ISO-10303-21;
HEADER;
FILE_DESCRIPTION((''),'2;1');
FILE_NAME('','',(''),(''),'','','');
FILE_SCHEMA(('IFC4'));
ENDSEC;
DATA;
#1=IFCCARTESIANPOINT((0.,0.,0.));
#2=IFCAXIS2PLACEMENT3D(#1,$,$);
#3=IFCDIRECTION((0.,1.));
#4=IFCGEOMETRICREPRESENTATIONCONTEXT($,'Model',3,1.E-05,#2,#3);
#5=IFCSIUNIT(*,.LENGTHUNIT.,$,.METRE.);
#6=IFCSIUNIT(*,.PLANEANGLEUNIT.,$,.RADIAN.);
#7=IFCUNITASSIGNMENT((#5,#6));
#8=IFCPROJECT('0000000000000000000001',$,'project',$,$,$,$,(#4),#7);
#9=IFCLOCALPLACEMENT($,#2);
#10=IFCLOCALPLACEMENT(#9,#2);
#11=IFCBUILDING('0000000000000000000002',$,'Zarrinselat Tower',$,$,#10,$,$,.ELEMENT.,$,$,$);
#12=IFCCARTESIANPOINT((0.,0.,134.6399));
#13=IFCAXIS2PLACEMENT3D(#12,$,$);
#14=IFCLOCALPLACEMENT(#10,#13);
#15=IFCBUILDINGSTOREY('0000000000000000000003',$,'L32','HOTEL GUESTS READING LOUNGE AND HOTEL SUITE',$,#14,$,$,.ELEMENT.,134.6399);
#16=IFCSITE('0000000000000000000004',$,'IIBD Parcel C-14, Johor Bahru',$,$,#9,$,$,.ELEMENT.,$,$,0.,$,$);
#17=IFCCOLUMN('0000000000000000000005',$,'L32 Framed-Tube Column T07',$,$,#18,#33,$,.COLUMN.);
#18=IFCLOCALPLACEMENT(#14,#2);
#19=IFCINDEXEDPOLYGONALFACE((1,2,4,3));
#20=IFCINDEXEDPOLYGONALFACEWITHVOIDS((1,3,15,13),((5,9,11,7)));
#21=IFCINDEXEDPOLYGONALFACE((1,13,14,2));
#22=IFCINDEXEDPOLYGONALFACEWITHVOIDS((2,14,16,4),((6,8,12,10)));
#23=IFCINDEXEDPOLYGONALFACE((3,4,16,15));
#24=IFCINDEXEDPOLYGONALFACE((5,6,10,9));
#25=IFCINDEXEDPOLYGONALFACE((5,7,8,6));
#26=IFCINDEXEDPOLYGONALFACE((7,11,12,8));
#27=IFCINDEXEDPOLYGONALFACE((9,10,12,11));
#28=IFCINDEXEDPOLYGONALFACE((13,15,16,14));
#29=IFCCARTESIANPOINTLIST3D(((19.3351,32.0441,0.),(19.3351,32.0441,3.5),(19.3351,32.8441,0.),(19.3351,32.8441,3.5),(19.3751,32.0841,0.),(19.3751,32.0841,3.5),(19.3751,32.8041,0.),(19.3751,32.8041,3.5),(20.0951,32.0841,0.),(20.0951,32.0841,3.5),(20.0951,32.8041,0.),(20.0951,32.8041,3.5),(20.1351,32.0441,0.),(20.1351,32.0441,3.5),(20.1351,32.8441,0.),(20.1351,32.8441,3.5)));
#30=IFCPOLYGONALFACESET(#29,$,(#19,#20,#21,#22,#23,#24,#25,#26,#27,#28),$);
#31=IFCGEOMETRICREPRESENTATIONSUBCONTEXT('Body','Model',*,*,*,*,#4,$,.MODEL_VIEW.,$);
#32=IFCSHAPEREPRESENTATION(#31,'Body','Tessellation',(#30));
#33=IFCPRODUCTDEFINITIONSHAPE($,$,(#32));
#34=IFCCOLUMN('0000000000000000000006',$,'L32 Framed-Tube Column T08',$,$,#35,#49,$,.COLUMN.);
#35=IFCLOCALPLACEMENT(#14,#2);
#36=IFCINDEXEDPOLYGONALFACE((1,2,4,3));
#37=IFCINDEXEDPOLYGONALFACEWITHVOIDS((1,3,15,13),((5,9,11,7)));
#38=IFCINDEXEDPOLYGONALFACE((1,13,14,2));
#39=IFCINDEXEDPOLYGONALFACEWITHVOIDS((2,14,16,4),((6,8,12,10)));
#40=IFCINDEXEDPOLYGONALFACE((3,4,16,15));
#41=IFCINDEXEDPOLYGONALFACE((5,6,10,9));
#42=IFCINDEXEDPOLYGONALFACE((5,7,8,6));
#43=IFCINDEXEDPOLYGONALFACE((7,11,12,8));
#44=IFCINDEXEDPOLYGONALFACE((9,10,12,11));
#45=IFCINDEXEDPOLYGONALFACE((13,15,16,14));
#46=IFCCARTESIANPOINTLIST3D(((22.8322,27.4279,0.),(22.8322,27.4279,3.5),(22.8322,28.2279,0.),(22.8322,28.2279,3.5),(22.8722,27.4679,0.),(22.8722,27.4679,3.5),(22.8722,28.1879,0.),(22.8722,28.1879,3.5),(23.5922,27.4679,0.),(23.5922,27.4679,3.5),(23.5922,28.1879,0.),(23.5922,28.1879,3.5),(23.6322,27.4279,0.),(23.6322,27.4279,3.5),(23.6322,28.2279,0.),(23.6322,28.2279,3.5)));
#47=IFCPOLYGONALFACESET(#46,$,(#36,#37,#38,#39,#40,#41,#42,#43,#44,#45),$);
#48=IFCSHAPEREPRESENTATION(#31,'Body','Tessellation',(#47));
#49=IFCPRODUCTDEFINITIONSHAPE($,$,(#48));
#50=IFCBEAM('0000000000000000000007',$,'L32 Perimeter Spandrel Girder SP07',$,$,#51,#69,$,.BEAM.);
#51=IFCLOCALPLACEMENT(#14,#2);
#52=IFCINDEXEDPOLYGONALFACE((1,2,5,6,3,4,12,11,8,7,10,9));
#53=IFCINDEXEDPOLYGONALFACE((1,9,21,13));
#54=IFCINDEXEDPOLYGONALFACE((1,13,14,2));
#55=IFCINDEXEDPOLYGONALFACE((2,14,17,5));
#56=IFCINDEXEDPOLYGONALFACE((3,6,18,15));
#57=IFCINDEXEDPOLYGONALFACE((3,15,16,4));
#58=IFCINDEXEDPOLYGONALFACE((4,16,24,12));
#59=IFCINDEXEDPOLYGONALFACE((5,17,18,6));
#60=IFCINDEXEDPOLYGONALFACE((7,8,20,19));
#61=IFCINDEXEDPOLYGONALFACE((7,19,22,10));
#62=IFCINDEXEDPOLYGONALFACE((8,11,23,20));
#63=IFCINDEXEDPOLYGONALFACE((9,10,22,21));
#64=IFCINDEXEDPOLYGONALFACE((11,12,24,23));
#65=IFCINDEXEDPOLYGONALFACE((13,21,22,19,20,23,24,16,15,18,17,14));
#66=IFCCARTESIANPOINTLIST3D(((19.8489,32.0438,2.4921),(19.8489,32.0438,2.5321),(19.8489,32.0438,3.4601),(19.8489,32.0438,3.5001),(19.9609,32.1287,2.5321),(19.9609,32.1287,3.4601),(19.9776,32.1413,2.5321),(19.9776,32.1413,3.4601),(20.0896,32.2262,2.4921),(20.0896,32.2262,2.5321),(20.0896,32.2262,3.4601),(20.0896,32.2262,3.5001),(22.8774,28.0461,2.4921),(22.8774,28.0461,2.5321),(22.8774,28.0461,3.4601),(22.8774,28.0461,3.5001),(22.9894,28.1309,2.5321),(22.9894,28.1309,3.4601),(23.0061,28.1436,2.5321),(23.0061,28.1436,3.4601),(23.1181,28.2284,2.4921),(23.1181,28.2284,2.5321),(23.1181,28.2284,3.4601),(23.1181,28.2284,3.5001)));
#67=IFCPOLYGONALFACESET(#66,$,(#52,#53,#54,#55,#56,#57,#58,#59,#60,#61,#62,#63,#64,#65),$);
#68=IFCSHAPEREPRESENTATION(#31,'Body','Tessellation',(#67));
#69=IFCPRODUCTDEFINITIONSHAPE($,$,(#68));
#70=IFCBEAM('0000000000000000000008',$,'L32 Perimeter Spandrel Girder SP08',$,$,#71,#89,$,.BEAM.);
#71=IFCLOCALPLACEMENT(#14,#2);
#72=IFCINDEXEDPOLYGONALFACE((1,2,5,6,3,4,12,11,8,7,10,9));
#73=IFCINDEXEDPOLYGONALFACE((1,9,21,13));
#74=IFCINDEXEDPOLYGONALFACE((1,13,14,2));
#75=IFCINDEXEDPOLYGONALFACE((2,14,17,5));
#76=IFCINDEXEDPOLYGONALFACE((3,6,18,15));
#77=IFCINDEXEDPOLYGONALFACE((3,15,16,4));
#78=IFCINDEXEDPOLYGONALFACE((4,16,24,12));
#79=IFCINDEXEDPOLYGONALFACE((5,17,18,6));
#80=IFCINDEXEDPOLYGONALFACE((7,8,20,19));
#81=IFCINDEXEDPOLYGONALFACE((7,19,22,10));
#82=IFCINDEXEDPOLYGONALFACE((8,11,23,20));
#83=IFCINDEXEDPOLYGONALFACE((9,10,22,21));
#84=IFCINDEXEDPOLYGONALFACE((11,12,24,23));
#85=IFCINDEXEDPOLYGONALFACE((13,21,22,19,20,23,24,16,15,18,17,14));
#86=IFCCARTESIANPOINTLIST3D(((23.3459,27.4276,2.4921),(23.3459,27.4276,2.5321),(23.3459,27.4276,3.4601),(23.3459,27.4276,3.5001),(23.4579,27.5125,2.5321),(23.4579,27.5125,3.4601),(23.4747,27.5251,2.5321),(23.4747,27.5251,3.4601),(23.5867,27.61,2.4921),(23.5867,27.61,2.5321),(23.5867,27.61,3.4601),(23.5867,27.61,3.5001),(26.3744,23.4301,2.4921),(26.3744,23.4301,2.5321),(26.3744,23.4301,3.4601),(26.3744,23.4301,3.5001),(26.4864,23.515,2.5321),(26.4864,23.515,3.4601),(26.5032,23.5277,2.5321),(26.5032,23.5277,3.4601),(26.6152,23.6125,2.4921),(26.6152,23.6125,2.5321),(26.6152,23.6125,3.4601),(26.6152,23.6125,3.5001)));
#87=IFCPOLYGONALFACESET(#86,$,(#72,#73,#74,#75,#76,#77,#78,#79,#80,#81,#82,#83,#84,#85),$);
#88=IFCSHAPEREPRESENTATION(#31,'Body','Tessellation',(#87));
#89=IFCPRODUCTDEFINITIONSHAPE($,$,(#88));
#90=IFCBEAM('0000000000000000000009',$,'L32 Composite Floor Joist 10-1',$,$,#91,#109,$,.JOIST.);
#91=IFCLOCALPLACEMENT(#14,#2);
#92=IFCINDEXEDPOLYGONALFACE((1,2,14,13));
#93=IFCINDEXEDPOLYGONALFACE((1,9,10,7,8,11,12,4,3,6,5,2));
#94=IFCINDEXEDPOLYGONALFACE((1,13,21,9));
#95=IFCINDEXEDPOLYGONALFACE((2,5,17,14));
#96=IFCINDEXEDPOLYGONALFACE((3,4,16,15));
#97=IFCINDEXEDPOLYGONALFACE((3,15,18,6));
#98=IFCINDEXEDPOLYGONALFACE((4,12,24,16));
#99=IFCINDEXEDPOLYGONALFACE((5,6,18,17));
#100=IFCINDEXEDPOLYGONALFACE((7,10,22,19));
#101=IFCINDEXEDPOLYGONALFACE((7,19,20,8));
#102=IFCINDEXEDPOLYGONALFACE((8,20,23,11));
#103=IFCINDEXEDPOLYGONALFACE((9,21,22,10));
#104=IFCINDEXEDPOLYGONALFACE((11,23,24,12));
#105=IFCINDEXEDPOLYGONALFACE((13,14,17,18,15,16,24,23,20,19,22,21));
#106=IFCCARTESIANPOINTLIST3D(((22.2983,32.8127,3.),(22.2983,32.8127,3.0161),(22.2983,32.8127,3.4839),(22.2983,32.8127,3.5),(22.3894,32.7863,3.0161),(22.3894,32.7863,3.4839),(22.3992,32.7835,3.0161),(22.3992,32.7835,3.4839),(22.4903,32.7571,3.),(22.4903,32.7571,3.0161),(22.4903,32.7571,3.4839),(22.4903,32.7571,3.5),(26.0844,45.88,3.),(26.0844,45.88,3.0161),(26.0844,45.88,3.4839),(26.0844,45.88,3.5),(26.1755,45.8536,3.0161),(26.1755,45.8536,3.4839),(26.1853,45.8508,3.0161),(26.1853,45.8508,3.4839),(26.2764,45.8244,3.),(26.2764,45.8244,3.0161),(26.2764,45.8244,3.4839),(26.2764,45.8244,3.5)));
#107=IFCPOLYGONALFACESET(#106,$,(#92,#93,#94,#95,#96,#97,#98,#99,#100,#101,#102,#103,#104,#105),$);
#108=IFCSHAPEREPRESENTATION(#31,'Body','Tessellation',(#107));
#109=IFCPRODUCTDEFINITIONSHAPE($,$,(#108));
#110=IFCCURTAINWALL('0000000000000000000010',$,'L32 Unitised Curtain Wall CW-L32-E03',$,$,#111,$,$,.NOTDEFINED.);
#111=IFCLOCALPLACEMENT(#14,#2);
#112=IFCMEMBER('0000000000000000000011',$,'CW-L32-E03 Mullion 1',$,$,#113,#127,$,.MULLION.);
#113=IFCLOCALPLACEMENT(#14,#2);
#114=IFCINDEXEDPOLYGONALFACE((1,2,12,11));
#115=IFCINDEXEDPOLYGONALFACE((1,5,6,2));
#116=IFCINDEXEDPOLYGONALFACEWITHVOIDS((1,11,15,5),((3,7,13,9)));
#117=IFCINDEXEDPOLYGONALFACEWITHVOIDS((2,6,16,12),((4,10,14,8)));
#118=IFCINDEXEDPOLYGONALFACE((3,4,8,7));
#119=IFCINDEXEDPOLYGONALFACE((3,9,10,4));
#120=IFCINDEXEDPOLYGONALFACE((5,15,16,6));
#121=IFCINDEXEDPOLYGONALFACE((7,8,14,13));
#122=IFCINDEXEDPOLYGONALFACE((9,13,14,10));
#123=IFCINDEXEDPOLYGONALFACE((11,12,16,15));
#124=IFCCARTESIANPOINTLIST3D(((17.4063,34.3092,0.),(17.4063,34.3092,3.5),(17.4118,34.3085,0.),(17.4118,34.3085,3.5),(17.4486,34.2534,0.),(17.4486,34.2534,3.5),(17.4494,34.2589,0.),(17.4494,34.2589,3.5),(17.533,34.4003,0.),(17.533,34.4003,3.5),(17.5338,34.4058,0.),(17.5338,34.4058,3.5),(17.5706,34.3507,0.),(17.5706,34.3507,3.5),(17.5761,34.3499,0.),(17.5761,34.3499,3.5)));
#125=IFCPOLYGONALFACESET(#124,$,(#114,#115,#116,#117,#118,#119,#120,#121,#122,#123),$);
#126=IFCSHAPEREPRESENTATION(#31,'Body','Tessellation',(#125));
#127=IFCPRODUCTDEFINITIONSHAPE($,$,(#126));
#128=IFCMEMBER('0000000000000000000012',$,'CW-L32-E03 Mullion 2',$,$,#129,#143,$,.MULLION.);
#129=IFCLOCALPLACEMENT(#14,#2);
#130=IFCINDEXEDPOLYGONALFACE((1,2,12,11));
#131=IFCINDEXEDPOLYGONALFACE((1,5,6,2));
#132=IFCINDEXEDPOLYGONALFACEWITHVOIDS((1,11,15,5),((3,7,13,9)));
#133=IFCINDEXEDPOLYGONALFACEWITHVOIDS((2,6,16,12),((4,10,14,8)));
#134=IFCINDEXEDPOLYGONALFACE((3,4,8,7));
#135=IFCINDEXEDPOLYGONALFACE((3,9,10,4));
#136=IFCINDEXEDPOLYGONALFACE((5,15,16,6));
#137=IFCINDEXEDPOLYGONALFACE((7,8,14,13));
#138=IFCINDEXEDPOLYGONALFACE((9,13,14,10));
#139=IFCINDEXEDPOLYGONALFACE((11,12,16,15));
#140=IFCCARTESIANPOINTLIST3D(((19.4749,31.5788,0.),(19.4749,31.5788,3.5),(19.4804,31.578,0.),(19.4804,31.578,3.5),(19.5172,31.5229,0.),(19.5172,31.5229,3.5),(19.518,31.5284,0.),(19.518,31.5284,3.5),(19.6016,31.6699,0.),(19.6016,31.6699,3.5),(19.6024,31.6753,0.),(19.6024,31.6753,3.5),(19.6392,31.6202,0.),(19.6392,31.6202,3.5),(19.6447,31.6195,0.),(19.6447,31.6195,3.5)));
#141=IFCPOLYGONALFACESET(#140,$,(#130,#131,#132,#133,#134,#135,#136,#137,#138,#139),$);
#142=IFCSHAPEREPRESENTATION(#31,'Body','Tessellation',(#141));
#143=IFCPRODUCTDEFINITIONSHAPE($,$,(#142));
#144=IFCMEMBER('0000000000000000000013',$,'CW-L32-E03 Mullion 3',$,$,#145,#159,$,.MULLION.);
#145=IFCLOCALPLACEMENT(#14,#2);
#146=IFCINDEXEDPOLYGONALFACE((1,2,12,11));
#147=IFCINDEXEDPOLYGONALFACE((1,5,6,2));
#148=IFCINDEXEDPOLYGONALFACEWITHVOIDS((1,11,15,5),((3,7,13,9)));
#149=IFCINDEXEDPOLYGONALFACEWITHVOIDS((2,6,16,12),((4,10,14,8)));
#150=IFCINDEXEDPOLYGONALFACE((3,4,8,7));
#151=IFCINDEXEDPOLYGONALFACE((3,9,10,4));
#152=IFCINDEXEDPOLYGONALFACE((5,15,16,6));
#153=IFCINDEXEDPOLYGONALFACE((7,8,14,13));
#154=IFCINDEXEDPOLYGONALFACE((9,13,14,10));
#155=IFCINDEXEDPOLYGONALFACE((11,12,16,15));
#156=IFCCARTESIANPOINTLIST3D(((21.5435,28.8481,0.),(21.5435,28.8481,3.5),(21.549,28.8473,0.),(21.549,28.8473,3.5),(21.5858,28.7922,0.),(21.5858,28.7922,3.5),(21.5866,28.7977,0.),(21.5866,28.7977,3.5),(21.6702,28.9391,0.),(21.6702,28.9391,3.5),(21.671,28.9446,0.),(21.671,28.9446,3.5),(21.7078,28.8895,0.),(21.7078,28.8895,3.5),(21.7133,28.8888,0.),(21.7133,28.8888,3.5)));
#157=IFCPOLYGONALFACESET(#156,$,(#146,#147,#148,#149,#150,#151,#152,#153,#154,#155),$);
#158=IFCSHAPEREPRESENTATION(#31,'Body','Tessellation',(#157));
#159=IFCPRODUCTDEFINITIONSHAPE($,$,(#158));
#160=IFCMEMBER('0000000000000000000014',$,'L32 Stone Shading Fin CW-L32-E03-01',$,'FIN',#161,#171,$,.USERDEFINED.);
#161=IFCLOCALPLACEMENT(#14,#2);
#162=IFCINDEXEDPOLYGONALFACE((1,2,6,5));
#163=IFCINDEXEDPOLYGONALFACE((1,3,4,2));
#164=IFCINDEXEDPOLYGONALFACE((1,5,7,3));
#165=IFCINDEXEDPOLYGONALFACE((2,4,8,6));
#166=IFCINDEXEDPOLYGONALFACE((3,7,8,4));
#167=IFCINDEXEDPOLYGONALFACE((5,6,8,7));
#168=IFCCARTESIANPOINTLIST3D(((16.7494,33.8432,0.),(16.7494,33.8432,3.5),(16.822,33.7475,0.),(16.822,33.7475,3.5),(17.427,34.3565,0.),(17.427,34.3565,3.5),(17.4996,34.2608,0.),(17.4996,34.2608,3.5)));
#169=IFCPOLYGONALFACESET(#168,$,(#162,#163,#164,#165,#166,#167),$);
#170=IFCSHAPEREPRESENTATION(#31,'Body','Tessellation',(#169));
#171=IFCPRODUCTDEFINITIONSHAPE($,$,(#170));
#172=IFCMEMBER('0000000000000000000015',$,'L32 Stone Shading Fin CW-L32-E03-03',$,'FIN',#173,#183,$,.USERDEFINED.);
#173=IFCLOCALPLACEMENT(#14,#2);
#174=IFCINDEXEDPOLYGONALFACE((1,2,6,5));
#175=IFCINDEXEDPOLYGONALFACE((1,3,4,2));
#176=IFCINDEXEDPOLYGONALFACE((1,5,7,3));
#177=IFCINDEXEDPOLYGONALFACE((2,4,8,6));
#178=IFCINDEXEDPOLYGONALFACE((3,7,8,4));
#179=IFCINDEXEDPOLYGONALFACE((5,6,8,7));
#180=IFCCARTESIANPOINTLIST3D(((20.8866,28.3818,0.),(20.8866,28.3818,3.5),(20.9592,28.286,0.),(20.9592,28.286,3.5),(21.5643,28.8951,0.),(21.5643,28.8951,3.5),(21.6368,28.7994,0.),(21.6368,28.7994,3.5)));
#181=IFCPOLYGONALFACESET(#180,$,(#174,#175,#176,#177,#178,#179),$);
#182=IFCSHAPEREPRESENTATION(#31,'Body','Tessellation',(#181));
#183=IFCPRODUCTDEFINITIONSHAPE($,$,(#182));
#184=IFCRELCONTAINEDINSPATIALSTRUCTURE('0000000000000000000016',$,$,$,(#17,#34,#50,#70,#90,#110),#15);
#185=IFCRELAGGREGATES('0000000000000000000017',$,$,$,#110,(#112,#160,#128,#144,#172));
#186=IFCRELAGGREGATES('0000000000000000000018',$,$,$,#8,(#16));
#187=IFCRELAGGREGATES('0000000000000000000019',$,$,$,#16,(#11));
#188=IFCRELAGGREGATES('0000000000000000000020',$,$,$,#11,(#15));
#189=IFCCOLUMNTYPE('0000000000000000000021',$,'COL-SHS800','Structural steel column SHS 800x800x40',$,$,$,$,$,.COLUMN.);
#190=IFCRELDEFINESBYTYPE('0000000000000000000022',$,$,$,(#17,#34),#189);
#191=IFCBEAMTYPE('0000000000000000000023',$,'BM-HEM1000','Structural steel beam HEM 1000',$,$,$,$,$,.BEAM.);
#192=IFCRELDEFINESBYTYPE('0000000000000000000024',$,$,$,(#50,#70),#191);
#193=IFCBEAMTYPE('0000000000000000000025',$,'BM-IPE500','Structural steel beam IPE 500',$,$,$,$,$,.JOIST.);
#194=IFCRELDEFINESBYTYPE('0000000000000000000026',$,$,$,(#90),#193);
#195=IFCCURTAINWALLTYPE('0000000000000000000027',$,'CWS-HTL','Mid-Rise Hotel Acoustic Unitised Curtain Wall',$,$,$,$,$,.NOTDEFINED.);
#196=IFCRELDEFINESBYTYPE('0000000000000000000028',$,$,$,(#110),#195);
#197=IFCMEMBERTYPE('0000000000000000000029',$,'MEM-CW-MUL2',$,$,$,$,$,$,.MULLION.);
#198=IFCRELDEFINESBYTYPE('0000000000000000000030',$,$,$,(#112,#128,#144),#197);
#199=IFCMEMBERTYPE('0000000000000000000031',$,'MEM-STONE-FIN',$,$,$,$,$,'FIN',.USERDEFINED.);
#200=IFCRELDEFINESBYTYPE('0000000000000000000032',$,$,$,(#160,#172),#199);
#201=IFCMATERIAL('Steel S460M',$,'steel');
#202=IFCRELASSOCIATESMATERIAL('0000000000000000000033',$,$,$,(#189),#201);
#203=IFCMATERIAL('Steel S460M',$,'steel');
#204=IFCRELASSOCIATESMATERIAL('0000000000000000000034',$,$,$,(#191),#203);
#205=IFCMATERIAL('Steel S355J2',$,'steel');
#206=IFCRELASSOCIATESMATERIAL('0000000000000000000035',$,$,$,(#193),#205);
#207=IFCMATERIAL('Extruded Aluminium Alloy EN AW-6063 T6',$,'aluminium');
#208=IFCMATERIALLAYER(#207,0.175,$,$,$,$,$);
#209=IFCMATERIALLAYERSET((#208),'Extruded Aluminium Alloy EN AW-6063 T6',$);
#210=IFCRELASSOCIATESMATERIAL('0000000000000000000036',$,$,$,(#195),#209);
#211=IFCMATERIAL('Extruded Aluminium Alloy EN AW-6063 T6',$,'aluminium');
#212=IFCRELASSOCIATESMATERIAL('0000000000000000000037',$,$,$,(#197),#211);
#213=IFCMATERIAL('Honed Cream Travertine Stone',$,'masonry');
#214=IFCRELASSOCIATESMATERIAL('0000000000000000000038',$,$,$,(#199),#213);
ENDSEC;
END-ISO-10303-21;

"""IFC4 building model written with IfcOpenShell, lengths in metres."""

from ifc_helpers import new_model, si_unit, direction, frame, origin, origin_2d, place, context, subcontext, project, spatial, rectangle, hollow_rectangle, i_section, extrude, material, layer, layer_set, material_profile, profile_set, type_object, element, aggregate, save


model = new_model("IFC4")

# Units and contexts
model_context = context("Model", 3, precision=1e-05, world=origin(), true_north=direction((0.0, 1.0)))
body_context = subcontext(model_context, "Body", "Model", "MODEL_VIEW")
ifc_project = project(units=[si_unit("LENGTHUNIT", "METRE"), si_unit("PLANEANGLEUNIT", "RADIAN")], contexts=[model_context])

# Site, building, storey
site_placement = place(None, origin())
site = spatial("IfcSite", under=ifc_project, at=site_placement, Name="IIBD Parcel C-14, Johor Bahru", CompositionType="ELEMENT", RefElevation=0.0)
building_placement = place(site_placement, origin())
building = spatial("IfcBuilding", under=site, at=building_placement, Name="Zarrinselat Tower", CompositionType="ELEMENT")
storey_placement = place(building_placement, frame((0.0, 0.0, 134.6399)))
storey = spatial("IfcBuildingStorey", under=building, at=storey_placement, Name="L32", Description="HOTEL GUESTS READING LOUNGE AND HOTEL SUITE", CompositionType="ELEMENT", Elevation=134.6399)

# Columns
ifc_material_1 = material(Name="Steel S460M", Category="steel")
ifc_material_profile_1 = material_profile(ifc_material_1, hollow_rectangle(XDim=0.8, YDim=0.8, WallThickness=0.04, at=origin_2d()), Name="SHS 800x800x40")
ifc_profile_set_1 = profile_set([ifc_material_profile_1], Name="Steel S460M")
column_type = type_object("IfcColumnType", Name="COL-SHS800", Description="Structural steel column SHS 800x800x40", PredefinedType="COLUMN", material=ifc_profile_set_1)
for number, where, z_axis, x_axis, name in (
    (1, (19.7351, 32.4441, 0.0), (0.0, 0.0, 1.0), (1.0, 0.0, 0.0), "L32 Framed-Tube Column T07"),
    (2, (23.2322, 27.8279, 0.0), (0.0, 0.0, 1.0), (1.0, 0.0, 0.0), "L32 Framed-Tube Column T08"),
):
    element("IfcColumn", number, at=place(storey_placement, frame(where, z_axis=z_axis, x_axis=x_axis)), inside=storey, type_object=column_type, Name=name, PredefinedType="COLUMN", context=body_context, shape_type="SweptSolid", body=[
        extrude(hollow_rectangle(XDim=0.8, YDim=0.8, WallThickness=0.04, at=origin_2d()), origin(), (0.0, 0.0, 1.0), 3.5),
    ])

# Beams
ifc_material_2 = material(Name="Steel S460M", Category="steel")
ifc_material_profile_2 = material_profile(ifc_material_2, i_section(OverallWidth=0.302, OverallDepth=1.0081, WebThickness=0.021, FlangeThickness=0.04, at=origin_2d()), Name="HEM 1000")
ifc_profile_set_2 = profile_set([ifc_material_profile_2], Name="Steel S460M")
beam_type_1 = type_object("IfcBeamType", Name="BM-HEM1000", Description="Structural steel beam HEM 1000", PredefinedType="BEAM", material=ifc_profile_set_2)
beam_1_placement = place(storey_placement, frame((19.9692, 32.135, 2.9961), z_axis=(0.603848, -0.797099, 0.0), x_axis=(0.797099, 0.603848, 0.0)))
element("IfcBeam", 3, at=beam_1_placement, inside=storey, type_object=beam_type_1, Name="L32 Perimeter Spandrel Girder SP07", PredefinedType="BEAM", context=body_context, shape_type="SweptSolid", body=[
    extrude(i_section(OverallWidth=0.302, OverallDepth=1.0081, WebThickness=0.021, FlangeThickness=0.04, at=origin_2d()), origin(), (0.0, 0.0, 1.0), 5.0154),
])
beam_2_placement = place(storey_placement, frame((23.4663, 27.5188, 2.9961), z_axis=(0.603872, -0.797081, 0.0), x_axis=(0.797081, 0.603872, 0.0)))
element("IfcBeam", 4, at=beam_2_placement, inside=storey, type_object=beam_type_1, Name="L32 Perimeter Spandrel Girder SP08", PredefinedType="BEAM", context=body_context, shape_type="SweptSolid", body=[
    extrude(i_section(OverallWidth=0.302, OverallDepth=1.0081, WebThickness=0.021, FlangeThickness=0.04, at=origin_2d()), origin(), (0.0, 0.0, 1.0), 5.0151),
])
ifc_material_3 = material(Name="Steel S355J2", Category="steel")
ifc_material_profile_3 = material_profile(ifc_material_3, i_section(OverallWidth=0.2, OverallDepth=0.5, WebThickness=0.0103, FlangeThickness=0.0161, at=origin_2d()), Name="IPE 500")
ifc_profile_set_3 = profile_set([ifc_material_profile_3], Name="Steel S355J2")
beam_type_2 = type_object("IfcBeamType", Name="BM-IPE500", Description="Structural steel beam IPE 500", PredefinedType="JOIST", material=ifc_profile_set_3)
beam_3_placement = place(storey_placement, frame((22.3943, 32.7849, 3.25), z_axis=(0.278293, 0.960496, 0.0), x_axis=(-0.960496, 0.278293, 0.0)))
element("IfcBeam", 5, at=beam_3_placement, inside=storey, type_object=beam_type_2, Name="L32 Composite Floor Joist 10-1", PredefinedType="JOIST", context=body_context, shape_type="SweptSolid", body=[
    extrude(i_section(OverallWidth=0.2, OverallDepth=0.5, WebThickness=0.0103, FlangeThickness=0.0161, at=origin_2d()), origin(), (0.0, 0.0, 1.0), 13.6047),
])

# Curtain wall, members
ifc_material_4 = material(Name="Extruded Aluminium Alloy EN AW-6063 T6", Category="aluminium")
ifc_layer_1 = layer(ifc_material_4, 0.175)
ifc_layer_set_1 = layer_set([ifc_layer_1], Name="Extruded Aluminium Alloy EN AW-6063 T6")
curtain_wall_type = type_object("IfcCurtainWallType", Name="CWS-HTL", Description="Mid-Rise Hotel Acoustic Unitised Curtain Wall", PredefinedType="NOTDEFINED", material=ifc_layer_set_1)
curtain_wall_placement = place(storey_placement, origin())
curtain_wall = element("IfcCurtainWall", 6, at=curtain_wall_placement, inside=storey, type_object=curtain_wall_type, Name="L32 Unitised Curtain Wall CW-L32-E03", PredefinedType="NOTDEFINED")
ifc_material_5 = material(Name="Extruded Aluminium Alloy EN AW-6063 T6", Category="aluminium")
ifc_material_profile_4 = material_profile(ifc_material_5, hollow_rectangle(XDim=0.0701, YDim=0.1599, WallThickness=0.0039, at=origin_2d()), Name="RHS 160x70x4")
ifc_profile_set_4 = profile_set([ifc_material_profile_4], Name="Extruded Aluminium Alloy EN AW-6063 T6")
member_type_1 = type_object("IfcMemberType", Name="MEM-CW-MUL2", PredefinedType="MULLION", material=ifc_profile_set_4)
member_1_placement = place(storey_placement, frame((17.4912, 34.3296, 0.0), z_axis=(0.0, 0.0, 1.0), x_axis=(0.603856, -0.797094, 0.0)))
member_1 = element("IfcMember", 7, at=member_1_placement, type_object=member_type_1, Name="CW-L32-E03 Mullion 1", PredefinedType="MULLION", context=body_context, shape_type="SweptSolid", body=[
    extrude(hollow_rectangle(XDim=0.0701, YDim=0.1599, WallThickness=0.0039, at=origin_2d()), origin(), (0.0, 0.0, 1.0), 3.5),
])
member_2_placement = place(storey_placement, frame((19.5598, 31.5991, 0.0), z_axis=(0.0, 0.0, 1.0), x_axis=(0.603856, -0.797094, 0.0)))
member_2 = element("IfcMember", 8, at=member_2_placement, type_object=member_type_1, Name="CW-L32-E03 Mullion 2", PredefinedType="MULLION", context=body_context, shape_type="SweptSolid", body=[
    extrude(hollow_rectangle(XDim=0.0701, YDim=0.1599, WallThickness=0.0039, at=origin_2d()), origin(), (0.0, 0.0, 1.0), 3.5),
])
member_3_placement = place(storey_placement, frame((21.6284, 28.8684, 0.0), z_axis=(0.0, 0.0, 1.0), x_axis=(0.603856, -0.797094, 0.0)))
member_3 = element("IfcMember", 9, at=member_3_placement, type_object=member_type_1, Name="CW-L32-E03 Mullion 3", PredefinedType="MULLION", context=body_context, shape_type="SweptSolid", body=[
    extrude(hollow_rectangle(XDim=0.0701, YDim=0.1599, WallThickness=0.0039, at=origin_2d()), origin(), (0.0, 0.0, 1.0), 3.5),
])
ifc_material_6 = material(Name="Honed Cream Travertine Stone", Category="masonry")
ifc_material_profile_5 = material_profile(ifc_material_6, rectangle(XDim=0.1201, YDim=0.8501, at=origin_2d()), Name="FIN 850x120")
ifc_profile_set_5 = profile_set([ifc_material_profile_5], Name="Honed Cream Travertine Stone")
member_type_2 = type_object("IfcMemberType", Name="MEM-STONE-FIN", ElementType="FIN", PredefinedType="USERDEFINED", material=ifc_profile_set_5)
member_4_placement = place(storey_placement, frame((17.1245, 34.052, 0.0), z_axis=(0.0, 0.0, 1.0), x_axis=(-0.603856, 0.797094, 0.0)))
member_4 = element("IfcMember", 10, at=member_4_placement, type_object=member_type_2, Name="L32 Stone Shading Fin CW-L32-E03-01", ObjectType="FIN", PredefinedType="USERDEFINED", context=body_context, shape_type="SweptSolid", body=[
    extrude(rectangle(XDim=0.1201, YDim=0.8501, at=origin_2d()), origin(), (0.0, 0.0, 1.0), 3.5),
])
member_5_placement = place(storey_placement, frame((21.2617, 28.5906, 0.0), z_axis=(0.0, 0.0, 1.0), x_axis=(-0.603856, 0.797094, 0.0)))
member_5 = element("IfcMember", 11, at=member_5_placement, type_object=member_type_2, Name="L32 Stone Shading Fin CW-L32-E03-03", ObjectType="FIN", PredefinedType="USERDEFINED", context=body_context, shape_type="SweptSolid", body=[
    extrude(rectangle(XDim=0.1201, YDim=0.8501, at=origin_2d()), origin(), (0.0, 0.0, 1.0), 3.5),
])
aggregate(curtain_wall, [member_1, member_4, member_2, member_3, member_5])

save(model, "model.ifc")
